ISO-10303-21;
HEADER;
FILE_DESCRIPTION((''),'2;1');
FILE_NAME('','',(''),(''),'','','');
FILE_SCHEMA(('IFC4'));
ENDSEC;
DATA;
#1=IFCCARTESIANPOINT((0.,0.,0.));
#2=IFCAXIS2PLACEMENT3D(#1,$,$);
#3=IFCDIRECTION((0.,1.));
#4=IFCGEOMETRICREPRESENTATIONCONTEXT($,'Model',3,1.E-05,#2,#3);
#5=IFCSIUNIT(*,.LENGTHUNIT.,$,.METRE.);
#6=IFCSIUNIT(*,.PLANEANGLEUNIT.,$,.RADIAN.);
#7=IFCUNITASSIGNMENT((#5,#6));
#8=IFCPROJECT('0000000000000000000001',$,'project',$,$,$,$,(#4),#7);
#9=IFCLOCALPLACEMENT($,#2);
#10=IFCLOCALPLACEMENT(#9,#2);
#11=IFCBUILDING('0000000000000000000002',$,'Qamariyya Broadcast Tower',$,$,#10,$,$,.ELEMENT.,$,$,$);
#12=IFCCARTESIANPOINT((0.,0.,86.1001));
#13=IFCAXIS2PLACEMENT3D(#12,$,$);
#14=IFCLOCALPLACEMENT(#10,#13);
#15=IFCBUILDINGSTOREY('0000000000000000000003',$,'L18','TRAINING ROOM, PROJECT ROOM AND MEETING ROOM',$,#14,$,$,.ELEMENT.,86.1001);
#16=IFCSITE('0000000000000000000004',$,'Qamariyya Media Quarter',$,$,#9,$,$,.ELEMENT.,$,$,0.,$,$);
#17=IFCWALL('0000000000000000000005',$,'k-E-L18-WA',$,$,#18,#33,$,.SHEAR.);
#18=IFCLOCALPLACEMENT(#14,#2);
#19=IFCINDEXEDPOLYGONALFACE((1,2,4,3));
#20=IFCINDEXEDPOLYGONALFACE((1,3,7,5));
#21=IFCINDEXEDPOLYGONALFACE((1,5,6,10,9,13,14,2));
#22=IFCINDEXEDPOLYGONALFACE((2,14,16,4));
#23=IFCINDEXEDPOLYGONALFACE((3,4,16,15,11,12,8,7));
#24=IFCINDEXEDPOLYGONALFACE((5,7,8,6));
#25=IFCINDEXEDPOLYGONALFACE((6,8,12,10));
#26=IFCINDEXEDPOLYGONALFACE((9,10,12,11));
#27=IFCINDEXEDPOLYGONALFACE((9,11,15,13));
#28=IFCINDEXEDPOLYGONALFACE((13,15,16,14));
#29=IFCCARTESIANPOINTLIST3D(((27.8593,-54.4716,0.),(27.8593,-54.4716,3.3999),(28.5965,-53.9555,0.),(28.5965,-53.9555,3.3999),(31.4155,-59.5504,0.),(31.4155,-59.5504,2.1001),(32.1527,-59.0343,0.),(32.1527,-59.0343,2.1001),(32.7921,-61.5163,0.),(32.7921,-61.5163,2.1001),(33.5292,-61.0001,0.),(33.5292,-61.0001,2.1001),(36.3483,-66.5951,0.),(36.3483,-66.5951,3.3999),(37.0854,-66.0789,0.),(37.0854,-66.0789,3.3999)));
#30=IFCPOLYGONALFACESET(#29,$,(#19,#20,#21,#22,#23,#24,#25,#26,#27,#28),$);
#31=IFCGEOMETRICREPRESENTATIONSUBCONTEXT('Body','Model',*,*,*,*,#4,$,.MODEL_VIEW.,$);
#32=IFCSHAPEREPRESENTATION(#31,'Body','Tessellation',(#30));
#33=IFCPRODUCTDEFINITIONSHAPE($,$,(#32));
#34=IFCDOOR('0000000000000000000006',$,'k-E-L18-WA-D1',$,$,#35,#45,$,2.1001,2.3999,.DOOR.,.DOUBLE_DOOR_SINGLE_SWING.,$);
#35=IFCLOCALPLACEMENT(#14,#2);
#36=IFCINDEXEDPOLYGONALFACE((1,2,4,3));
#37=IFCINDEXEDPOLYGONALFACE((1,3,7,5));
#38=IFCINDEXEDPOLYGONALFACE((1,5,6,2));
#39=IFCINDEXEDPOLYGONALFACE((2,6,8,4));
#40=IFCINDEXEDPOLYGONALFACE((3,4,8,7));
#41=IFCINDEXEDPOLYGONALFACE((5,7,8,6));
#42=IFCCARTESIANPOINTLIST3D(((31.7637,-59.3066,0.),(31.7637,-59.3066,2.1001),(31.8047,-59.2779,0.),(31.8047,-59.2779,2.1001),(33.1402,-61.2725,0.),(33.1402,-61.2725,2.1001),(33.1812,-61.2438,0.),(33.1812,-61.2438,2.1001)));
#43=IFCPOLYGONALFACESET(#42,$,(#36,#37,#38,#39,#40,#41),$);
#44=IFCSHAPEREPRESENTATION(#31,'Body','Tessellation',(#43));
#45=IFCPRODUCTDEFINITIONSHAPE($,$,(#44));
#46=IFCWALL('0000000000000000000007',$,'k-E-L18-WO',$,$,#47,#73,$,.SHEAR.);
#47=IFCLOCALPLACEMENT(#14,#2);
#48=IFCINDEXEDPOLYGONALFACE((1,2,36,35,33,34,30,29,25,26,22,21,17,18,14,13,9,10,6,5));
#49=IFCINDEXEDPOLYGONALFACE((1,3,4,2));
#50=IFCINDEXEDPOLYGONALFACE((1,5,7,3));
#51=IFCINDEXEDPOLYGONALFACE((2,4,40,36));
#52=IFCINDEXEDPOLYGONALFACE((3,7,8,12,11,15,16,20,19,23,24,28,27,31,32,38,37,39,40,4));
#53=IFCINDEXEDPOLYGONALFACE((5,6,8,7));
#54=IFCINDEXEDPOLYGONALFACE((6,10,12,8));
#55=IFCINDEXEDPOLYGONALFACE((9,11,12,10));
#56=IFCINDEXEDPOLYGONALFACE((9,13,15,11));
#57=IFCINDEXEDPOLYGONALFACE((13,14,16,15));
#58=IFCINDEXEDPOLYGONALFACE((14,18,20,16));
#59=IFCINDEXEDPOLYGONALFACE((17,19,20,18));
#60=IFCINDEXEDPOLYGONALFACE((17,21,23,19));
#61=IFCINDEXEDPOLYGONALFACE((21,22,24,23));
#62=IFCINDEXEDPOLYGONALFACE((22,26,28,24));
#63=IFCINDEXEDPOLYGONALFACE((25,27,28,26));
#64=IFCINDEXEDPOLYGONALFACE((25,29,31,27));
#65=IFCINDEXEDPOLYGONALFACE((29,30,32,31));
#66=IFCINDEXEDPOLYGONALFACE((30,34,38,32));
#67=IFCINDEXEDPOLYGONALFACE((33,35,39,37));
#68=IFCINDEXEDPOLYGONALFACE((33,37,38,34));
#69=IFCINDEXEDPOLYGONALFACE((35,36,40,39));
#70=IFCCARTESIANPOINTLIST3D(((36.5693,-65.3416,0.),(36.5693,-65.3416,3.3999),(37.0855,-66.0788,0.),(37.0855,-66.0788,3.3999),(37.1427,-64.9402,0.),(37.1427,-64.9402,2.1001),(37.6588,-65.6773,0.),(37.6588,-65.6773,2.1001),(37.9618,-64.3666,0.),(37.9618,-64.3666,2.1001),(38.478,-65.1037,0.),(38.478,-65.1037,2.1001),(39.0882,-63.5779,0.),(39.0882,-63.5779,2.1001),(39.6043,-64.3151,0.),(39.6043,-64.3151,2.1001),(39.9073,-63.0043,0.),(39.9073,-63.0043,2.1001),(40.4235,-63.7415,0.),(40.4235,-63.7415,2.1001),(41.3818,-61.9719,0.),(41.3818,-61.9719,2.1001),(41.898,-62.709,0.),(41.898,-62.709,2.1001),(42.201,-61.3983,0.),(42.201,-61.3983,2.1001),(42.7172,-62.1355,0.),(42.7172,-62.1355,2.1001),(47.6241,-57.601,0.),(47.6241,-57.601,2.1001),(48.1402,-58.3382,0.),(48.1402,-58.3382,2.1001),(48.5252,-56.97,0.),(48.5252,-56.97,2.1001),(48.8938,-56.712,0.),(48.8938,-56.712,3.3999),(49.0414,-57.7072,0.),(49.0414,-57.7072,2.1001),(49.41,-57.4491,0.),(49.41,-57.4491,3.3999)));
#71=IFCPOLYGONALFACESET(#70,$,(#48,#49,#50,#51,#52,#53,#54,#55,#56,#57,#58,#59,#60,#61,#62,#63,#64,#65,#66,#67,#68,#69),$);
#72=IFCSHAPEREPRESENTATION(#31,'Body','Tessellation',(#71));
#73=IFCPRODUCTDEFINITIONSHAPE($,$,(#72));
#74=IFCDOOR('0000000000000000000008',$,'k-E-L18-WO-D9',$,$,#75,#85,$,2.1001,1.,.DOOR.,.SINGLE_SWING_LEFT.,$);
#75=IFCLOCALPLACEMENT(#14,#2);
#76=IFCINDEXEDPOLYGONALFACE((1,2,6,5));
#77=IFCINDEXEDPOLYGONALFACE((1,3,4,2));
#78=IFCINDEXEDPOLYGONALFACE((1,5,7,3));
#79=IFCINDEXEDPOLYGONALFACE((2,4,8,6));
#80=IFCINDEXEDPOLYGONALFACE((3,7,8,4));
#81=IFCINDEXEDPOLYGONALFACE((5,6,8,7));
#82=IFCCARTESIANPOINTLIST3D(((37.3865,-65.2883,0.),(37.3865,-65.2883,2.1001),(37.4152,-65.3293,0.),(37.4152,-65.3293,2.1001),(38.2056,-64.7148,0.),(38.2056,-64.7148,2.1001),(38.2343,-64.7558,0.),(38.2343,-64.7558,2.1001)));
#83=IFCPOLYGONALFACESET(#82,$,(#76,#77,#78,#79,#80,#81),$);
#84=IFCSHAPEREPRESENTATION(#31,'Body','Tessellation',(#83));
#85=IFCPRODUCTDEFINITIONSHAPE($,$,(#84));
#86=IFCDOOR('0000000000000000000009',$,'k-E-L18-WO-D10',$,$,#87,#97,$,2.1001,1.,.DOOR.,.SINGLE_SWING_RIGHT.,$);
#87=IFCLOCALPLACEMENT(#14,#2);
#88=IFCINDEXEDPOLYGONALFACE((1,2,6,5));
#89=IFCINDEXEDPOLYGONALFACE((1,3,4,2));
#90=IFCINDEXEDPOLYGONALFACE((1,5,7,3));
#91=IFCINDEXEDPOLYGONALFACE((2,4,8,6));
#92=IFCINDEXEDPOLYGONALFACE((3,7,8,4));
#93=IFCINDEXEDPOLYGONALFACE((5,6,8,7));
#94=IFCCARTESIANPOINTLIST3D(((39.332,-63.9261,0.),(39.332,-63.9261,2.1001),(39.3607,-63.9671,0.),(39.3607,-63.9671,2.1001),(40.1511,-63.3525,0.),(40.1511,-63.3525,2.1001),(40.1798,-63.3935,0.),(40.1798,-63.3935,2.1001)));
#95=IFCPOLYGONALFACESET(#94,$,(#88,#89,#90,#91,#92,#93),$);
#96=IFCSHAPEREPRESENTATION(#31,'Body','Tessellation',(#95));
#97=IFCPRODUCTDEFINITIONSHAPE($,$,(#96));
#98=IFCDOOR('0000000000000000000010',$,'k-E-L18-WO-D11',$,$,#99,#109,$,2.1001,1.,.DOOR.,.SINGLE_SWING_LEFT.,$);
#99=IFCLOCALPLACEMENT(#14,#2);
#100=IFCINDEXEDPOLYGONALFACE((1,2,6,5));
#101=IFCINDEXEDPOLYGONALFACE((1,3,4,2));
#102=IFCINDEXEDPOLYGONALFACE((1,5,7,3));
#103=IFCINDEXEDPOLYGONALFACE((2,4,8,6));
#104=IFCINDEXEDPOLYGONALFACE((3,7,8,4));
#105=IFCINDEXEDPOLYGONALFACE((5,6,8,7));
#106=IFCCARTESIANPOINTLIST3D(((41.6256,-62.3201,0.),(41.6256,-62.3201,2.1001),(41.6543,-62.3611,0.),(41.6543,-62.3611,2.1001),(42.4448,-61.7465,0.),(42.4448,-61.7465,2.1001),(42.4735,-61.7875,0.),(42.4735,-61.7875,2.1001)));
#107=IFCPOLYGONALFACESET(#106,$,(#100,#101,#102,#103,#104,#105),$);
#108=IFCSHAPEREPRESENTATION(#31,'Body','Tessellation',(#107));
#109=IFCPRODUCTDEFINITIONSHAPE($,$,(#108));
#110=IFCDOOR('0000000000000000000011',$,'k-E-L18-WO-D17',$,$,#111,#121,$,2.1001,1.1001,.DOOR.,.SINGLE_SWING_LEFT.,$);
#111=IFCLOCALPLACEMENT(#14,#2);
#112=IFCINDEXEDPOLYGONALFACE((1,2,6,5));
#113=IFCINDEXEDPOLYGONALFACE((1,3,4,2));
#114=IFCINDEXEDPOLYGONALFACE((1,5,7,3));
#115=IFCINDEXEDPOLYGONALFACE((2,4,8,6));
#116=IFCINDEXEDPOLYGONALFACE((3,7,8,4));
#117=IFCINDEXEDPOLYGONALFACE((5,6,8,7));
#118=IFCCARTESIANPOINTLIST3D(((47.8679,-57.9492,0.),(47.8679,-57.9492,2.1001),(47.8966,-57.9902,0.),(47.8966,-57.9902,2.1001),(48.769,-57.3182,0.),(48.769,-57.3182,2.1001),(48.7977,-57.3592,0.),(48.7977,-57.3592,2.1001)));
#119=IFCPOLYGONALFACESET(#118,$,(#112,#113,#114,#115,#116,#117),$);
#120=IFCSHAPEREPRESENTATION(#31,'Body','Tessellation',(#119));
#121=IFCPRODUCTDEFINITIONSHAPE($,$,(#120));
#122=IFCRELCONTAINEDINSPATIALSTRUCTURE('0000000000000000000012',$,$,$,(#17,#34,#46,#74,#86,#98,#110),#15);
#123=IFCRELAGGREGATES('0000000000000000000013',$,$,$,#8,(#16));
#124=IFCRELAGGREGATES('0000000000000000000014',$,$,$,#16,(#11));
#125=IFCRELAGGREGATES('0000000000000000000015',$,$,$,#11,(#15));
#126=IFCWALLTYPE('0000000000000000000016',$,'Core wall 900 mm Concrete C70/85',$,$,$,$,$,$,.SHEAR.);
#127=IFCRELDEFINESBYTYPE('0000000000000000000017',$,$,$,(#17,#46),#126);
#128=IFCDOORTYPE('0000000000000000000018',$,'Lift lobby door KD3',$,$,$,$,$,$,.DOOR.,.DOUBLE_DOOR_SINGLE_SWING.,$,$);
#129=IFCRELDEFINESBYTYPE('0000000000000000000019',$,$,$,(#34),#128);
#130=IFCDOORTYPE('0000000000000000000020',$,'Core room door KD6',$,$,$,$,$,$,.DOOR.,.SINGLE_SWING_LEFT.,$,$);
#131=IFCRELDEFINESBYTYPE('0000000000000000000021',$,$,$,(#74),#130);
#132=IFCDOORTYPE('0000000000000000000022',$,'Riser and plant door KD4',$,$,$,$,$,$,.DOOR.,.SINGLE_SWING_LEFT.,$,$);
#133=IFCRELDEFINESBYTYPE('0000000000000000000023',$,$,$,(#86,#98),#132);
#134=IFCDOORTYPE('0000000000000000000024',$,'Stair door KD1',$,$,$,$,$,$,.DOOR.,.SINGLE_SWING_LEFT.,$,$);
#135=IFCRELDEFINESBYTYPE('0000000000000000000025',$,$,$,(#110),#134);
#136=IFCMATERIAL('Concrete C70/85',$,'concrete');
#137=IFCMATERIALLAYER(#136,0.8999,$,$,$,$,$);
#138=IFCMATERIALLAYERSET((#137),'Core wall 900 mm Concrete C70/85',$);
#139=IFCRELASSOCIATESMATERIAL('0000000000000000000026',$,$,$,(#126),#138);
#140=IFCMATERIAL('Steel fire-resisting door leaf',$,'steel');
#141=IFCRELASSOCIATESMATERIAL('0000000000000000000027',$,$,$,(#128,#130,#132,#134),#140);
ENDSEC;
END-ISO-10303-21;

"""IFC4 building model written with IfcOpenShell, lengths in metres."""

from ifc_helpers import new_model, si_unit, direction, frame, frame_2d, origin, place, context, subcontext, project, spatial, rectangle, extrude, material, layer, layer_set, type_object, element, fill, save


model = new_model("IFC4")

# Units and contexts
model_context = context("Model", 3, precision=1e-05, world=origin(), true_north=direction((0.0, 1.0)))
body_context = subcontext(model_context, "Body", "Model", "MODEL_VIEW")
ifc_project = project(units=[si_unit("LENGTHUNIT", "METRE"), si_unit("PLANEANGLEUNIT", "RADIAN")], contexts=[model_context])

# Site, building, storey
site_placement = place(None, origin())
site = spatial("IfcSite", under=ifc_project, at=site_placement, Name="Qamariyya Media Quarter", CompositionType="ELEMENT", RefElevation=0.0)
building_placement = place(site_placement, origin())
building = spatial("IfcBuilding", under=site, at=building_placement, Name="Qamariyya Broadcast Tower", CompositionType="ELEMENT")
storey_placement = place(building_placement, frame((0.0, 0.0, 86.1001)))
storey = spatial("IfcBuildingStorey", under=building, at=storey_placement, Name="L18", Description="TRAINING ROOM, PROJECT ROOM AND MEETING ROOM", CompositionType="ELEMENT", Elevation=86.1001)

# Wall, opening, door
ifc_material_1 = material(Name="Concrete C70/85", Category="concrete")
ifc_layer_1 = layer(ifc_material_1, 0.8999)
ifc_layer_set_1 = layer_set([ifc_layer_1], Name="Core wall 900 mm Concrete C70/85")
wall_type_1 = type_object("IfcWallType", Name="Core wall 900 mm Concrete C70/85", PredefinedType="SHEAR", material=ifc_layer_set_1)
wall_1_placement = place(storey_placement, frame((36.7168, -66.3369, 0.0), z_axis=(0.0, 0.0, 1.0), x_axis=(-0.573577, 0.819151, 0.0)))
wall_1 = element("IfcWall", 1, at=wall_1_placement, inside=storey, type_object=wall_type_1, Name="k-E-L18-WA", PredefinedType="SHEAR", context=body_context, shape_type="SweptSolid", body=[
    extrude(rectangle(XDim=14.8, YDim=0.8999, at=frame_2d((7.3999, 0.0))), origin(), (0.0, 0.0, 1.0), 3.3999),
])
opening_1_placement = place(wall_1_placement, frame((6.2, 0.0, 0.0)))
opening_1 = element("IfcOpeningElement", 2, at=opening_1_placement, cuts=wall_1, PredefinedType="OPENING", context=body_context, shape_type="SweptSolid", body=[
    extrude(rectangle(XDim=2.3999, YDim=2.1001, at=frame_2d((1.2, 1.05))), frame((0.0, 0.46, 0.0), z_axis=(0.0, -1.0, 0.0), x_axis=(1.0, 0.0, 0.0)), (0.0, 0.0, 1.0), 0.9199),
])
ifc_material_2 = material(Name="Steel fire-resisting door leaf", Category="steel")
door_type_1 = type_object("IfcDoorType", Name="Lift lobby door KD3", OperationType="DOUBLE_DOOR_SINGLE_SWING", PredefinedType="DOOR", material=ifc_material_2)
door_1_placement = place(opening_1_placement, origin())
door_1 = element("IfcDoor", 3, at=door_1_placement, inside=storey, type_object=door_type_1, Name="k-E-L18-WA-D1", OperationType="DOUBLE_DOOR_SINGLE_SWING", OverallHeight=2.1001, OverallWidth=2.3999, PredefinedType="DOOR", context=body_context, shape_type="SweptSolid", body=[
    extrude(rectangle(XDim=2.3999, YDim=2.1001, at=frame_2d((1.2, 1.05))), frame((0.0, 0.0249, 0.0), z_axis=(0.0, -1.0, 0.0), x_axis=(1.0, 0.0, 0.0)), (0.0, 0.0, 1.0), 0.05),
])
fill(opening_1, door_1)

# Wall, openings, doors
wall_2_placement = place(storey_placement, frame((36.8274, -65.7102, 0.0), z_axis=(0.0, 0.0, 1.0), x_axis=(0.819153, 0.573575, 0.0)))
wall_2 = element("IfcWall", 4, at=wall_2_placement, inside=storey, type_object=wall_type_1, Name="k-E-L18-WO", PredefinedType="SHEAR", context=body_context, shape_type="SweptSolid", body=[
    extrude(rectangle(XDim=15.0454, YDim=0.8999, at=frame_2d((7.5227, 0.0))), origin(), (0.0, 0.0, 1.0), 3.3999),
])
opening_2_placement = place(wall_2_placement, frame((0.7, 0.0, 0.0)))
opening_2 = element("IfcOpeningElement", 5, at=opening_2_placement, cuts=wall_2, PredefinedType="OPENING", context=body_context, shape_type="SweptSolid", body=[
    extrude(rectangle(XDim=1.0, YDim=2.1001, at=frame_2d((0.5, 1.05))), frame((0.0, 0.46, 0.0), z_axis=(0.0, -1.0, 0.0), x_axis=(1.0, 0.0, 0.0)), (0.0, 0.0, 1.0), 0.9199),
])
opening_3_placement = place(wall_2_placement, frame((3.075, 0.0, 0.0)))
opening_3 = element("IfcOpeningElement", 6, at=opening_3_placement, cuts=wall_2, PredefinedType="OPENING", context=body_context, shape_type="SweptSolid", body=[
    extrude(rectangle(XDim=1.0, YDim=2.1001, at=frame_2d((0.5, 1.05))), frame((0.0, 0.46, 0.0), z_axis=(0.0, -1.0, 0.0), x_axis=(1.0, 0.0, 0.0)), (0.0, 0.0, 1.0), 0.9199),
])
opening_4_placement = place(wall_2_placement, frame((5.875, 0.0, 0.0)))
opening_4 = element("IfcOpeningElement", 7, at=opening_4_placement, cuts=wall_2, PredefinedType="OPENING", context=body_context, shape_type="SweptSolid", body=[
    extrude(rectangle(XDim=1.0, YDim=2.1001, at=frame_2d((0.5, 1.05))), frame((0.0, 0.46, 0.0), z_axis=(0.0, -1.0, 0.0), x_axis=(1.0, 0.0, 0.0)), (0.0, 0.0, 1.0), 0.9199),
])
opening_5_placement = place(wall_2_placement, frame((13.4954, 0.0, 0.0)))
opening_5 = element("IfcOpeningElement", 8, at=opening_5_placement, cuts=wall_2, PredefinedType="OPENING", context=body_context, shape_type="SweptSolid", body=[
    extrude(rectangle(XDim=1.1001, YDim=2.1001, at=frame_2d((0.55, 1.05))), frame((0.0, 0.46, 0.0), z_axis=(0.0, -1.0, 0.0), x_axis=(1.0, 0.0, 0.0)), (0.0, 0.0, 1.0), 0.9199),
])
door_type_2 = type_object("IfcDoorType", Name="Core room door KD6", OperationType="SINGLE_SWING_LEFT", PredefinedType="DOOR", material=ifc_material_2)
door_2_placement = place(opening_2_placement, origin())
door_2 = element("IfcDoor", 9, at=door_2_placement, inside=storey, type_object=door_type_2, Name="k-E-L18-WO-D9", OperationType="SINGLE_SWING_LEFT", OverallHeight=2.1001, OverallWidth=1.0, PredefinedType="DOOR", context=body_context, shape_type="SweptSolid", body=[
    extrude(rectangle(XDim=1.0, YDim=2.1001, at=frame_2d((0.5, 1.05))), frame((0.0, 0.0249, 0.0), z_axis=(0.0, -1.0, 0.0), x_axis=(1.0, 0.0, 0.0)), (0.0, 0.0, 1.0), 0.05),
])
fill(opening_2, door_2)
door_type_3 = type_object("IfcDoorType", Name="Riser and plant door KD4", OperationType="SINGLE_SWING_LEFT", PredefinedType="DOOR", material=ifc_material_2)
door_3_placement = place(opening_3_placement, origin())
door_3 = element("IfcDoor", 10, at=door_3_placement, inside=storey, type_object=door_type_3, Name="k-E-L18-WO-D10", OperationType="SINGLE_SWING_RIGHT", OverallHeight=2.1001, OverallWidth=1.0, PredefinedType="DOOR", context=body_context, shape_type="SweptSolid", body=[
    extrude(rectangle(XDim=1.0, YDim=2.1001, at=frame_2d((0.5, 1.05))), frame((0.0, 0.0249, 0.0), z_axis=(0.0, -1.0, 0.0), x_axis=(1.0, 0.0, 0.0)), (0.0, 0.0, 1.0), 0.05),
])
fill(opening_3, door_3)
door_4_placement = place(opening_4_placement, origin())
door_4 = element("IfcDoor", 11, at=door_4_placement, inside=storey, type_object=door_type_3, Name="k-E-L18-WO-D11", OperationType="SINGLE_SWING_LEFT", OverallHeight=2.1001, OverallWidth=1.0, PredefinedType="DOOR", context=body_context, shape_type="SweptSolid", body=[
    extrude(rectangle(XDim=1.0, YDim=2.1001, at=frame_2d((0.5, 1.05))), frame((0.0, 0.0249, 0.0), z_axis=(0.0, -1.0, 0.0), x_axis=(1.0, 0.0, 0.0)), (0.0, 0.0, 1.0), 0.05),
])
fill(opening_4, door_4)
door_type_4 = type_object("IfcDoorType", Name="Stair door KD1", OperationType="SINGLE_SWING_LEFT", PredefinedType="DOOR", material=ifc_material_2)
door_5_placement = place(opening_5_placement, origin())
door_5 = element("IfcDoor", 12, at=door_5_placement, inside=storey, type_object=door_type_4, Name="k-E-L18-WO-D17", OperationType="SINGLE_SWING_LEFT", OverallHeight=2.1001, OverallWidth=1.1001, PredefinedType="DOOR", context=body_context, shape_type="SweptSolid", body=[
    extrude(rectangle(XDim=1.1001, YDim=2.1001, at=frame_2d((0.55, 1.05))), frame((0.0, 0.0249, 0.0), z_axis=(0.0, -1.0, 0.0), x_axis=(1.0, 0.0, 0.0)), (0.0, 0.0, 1.0), 0.05),
])
fill(opening_5, door_5)

save(model, "model.ifc")
